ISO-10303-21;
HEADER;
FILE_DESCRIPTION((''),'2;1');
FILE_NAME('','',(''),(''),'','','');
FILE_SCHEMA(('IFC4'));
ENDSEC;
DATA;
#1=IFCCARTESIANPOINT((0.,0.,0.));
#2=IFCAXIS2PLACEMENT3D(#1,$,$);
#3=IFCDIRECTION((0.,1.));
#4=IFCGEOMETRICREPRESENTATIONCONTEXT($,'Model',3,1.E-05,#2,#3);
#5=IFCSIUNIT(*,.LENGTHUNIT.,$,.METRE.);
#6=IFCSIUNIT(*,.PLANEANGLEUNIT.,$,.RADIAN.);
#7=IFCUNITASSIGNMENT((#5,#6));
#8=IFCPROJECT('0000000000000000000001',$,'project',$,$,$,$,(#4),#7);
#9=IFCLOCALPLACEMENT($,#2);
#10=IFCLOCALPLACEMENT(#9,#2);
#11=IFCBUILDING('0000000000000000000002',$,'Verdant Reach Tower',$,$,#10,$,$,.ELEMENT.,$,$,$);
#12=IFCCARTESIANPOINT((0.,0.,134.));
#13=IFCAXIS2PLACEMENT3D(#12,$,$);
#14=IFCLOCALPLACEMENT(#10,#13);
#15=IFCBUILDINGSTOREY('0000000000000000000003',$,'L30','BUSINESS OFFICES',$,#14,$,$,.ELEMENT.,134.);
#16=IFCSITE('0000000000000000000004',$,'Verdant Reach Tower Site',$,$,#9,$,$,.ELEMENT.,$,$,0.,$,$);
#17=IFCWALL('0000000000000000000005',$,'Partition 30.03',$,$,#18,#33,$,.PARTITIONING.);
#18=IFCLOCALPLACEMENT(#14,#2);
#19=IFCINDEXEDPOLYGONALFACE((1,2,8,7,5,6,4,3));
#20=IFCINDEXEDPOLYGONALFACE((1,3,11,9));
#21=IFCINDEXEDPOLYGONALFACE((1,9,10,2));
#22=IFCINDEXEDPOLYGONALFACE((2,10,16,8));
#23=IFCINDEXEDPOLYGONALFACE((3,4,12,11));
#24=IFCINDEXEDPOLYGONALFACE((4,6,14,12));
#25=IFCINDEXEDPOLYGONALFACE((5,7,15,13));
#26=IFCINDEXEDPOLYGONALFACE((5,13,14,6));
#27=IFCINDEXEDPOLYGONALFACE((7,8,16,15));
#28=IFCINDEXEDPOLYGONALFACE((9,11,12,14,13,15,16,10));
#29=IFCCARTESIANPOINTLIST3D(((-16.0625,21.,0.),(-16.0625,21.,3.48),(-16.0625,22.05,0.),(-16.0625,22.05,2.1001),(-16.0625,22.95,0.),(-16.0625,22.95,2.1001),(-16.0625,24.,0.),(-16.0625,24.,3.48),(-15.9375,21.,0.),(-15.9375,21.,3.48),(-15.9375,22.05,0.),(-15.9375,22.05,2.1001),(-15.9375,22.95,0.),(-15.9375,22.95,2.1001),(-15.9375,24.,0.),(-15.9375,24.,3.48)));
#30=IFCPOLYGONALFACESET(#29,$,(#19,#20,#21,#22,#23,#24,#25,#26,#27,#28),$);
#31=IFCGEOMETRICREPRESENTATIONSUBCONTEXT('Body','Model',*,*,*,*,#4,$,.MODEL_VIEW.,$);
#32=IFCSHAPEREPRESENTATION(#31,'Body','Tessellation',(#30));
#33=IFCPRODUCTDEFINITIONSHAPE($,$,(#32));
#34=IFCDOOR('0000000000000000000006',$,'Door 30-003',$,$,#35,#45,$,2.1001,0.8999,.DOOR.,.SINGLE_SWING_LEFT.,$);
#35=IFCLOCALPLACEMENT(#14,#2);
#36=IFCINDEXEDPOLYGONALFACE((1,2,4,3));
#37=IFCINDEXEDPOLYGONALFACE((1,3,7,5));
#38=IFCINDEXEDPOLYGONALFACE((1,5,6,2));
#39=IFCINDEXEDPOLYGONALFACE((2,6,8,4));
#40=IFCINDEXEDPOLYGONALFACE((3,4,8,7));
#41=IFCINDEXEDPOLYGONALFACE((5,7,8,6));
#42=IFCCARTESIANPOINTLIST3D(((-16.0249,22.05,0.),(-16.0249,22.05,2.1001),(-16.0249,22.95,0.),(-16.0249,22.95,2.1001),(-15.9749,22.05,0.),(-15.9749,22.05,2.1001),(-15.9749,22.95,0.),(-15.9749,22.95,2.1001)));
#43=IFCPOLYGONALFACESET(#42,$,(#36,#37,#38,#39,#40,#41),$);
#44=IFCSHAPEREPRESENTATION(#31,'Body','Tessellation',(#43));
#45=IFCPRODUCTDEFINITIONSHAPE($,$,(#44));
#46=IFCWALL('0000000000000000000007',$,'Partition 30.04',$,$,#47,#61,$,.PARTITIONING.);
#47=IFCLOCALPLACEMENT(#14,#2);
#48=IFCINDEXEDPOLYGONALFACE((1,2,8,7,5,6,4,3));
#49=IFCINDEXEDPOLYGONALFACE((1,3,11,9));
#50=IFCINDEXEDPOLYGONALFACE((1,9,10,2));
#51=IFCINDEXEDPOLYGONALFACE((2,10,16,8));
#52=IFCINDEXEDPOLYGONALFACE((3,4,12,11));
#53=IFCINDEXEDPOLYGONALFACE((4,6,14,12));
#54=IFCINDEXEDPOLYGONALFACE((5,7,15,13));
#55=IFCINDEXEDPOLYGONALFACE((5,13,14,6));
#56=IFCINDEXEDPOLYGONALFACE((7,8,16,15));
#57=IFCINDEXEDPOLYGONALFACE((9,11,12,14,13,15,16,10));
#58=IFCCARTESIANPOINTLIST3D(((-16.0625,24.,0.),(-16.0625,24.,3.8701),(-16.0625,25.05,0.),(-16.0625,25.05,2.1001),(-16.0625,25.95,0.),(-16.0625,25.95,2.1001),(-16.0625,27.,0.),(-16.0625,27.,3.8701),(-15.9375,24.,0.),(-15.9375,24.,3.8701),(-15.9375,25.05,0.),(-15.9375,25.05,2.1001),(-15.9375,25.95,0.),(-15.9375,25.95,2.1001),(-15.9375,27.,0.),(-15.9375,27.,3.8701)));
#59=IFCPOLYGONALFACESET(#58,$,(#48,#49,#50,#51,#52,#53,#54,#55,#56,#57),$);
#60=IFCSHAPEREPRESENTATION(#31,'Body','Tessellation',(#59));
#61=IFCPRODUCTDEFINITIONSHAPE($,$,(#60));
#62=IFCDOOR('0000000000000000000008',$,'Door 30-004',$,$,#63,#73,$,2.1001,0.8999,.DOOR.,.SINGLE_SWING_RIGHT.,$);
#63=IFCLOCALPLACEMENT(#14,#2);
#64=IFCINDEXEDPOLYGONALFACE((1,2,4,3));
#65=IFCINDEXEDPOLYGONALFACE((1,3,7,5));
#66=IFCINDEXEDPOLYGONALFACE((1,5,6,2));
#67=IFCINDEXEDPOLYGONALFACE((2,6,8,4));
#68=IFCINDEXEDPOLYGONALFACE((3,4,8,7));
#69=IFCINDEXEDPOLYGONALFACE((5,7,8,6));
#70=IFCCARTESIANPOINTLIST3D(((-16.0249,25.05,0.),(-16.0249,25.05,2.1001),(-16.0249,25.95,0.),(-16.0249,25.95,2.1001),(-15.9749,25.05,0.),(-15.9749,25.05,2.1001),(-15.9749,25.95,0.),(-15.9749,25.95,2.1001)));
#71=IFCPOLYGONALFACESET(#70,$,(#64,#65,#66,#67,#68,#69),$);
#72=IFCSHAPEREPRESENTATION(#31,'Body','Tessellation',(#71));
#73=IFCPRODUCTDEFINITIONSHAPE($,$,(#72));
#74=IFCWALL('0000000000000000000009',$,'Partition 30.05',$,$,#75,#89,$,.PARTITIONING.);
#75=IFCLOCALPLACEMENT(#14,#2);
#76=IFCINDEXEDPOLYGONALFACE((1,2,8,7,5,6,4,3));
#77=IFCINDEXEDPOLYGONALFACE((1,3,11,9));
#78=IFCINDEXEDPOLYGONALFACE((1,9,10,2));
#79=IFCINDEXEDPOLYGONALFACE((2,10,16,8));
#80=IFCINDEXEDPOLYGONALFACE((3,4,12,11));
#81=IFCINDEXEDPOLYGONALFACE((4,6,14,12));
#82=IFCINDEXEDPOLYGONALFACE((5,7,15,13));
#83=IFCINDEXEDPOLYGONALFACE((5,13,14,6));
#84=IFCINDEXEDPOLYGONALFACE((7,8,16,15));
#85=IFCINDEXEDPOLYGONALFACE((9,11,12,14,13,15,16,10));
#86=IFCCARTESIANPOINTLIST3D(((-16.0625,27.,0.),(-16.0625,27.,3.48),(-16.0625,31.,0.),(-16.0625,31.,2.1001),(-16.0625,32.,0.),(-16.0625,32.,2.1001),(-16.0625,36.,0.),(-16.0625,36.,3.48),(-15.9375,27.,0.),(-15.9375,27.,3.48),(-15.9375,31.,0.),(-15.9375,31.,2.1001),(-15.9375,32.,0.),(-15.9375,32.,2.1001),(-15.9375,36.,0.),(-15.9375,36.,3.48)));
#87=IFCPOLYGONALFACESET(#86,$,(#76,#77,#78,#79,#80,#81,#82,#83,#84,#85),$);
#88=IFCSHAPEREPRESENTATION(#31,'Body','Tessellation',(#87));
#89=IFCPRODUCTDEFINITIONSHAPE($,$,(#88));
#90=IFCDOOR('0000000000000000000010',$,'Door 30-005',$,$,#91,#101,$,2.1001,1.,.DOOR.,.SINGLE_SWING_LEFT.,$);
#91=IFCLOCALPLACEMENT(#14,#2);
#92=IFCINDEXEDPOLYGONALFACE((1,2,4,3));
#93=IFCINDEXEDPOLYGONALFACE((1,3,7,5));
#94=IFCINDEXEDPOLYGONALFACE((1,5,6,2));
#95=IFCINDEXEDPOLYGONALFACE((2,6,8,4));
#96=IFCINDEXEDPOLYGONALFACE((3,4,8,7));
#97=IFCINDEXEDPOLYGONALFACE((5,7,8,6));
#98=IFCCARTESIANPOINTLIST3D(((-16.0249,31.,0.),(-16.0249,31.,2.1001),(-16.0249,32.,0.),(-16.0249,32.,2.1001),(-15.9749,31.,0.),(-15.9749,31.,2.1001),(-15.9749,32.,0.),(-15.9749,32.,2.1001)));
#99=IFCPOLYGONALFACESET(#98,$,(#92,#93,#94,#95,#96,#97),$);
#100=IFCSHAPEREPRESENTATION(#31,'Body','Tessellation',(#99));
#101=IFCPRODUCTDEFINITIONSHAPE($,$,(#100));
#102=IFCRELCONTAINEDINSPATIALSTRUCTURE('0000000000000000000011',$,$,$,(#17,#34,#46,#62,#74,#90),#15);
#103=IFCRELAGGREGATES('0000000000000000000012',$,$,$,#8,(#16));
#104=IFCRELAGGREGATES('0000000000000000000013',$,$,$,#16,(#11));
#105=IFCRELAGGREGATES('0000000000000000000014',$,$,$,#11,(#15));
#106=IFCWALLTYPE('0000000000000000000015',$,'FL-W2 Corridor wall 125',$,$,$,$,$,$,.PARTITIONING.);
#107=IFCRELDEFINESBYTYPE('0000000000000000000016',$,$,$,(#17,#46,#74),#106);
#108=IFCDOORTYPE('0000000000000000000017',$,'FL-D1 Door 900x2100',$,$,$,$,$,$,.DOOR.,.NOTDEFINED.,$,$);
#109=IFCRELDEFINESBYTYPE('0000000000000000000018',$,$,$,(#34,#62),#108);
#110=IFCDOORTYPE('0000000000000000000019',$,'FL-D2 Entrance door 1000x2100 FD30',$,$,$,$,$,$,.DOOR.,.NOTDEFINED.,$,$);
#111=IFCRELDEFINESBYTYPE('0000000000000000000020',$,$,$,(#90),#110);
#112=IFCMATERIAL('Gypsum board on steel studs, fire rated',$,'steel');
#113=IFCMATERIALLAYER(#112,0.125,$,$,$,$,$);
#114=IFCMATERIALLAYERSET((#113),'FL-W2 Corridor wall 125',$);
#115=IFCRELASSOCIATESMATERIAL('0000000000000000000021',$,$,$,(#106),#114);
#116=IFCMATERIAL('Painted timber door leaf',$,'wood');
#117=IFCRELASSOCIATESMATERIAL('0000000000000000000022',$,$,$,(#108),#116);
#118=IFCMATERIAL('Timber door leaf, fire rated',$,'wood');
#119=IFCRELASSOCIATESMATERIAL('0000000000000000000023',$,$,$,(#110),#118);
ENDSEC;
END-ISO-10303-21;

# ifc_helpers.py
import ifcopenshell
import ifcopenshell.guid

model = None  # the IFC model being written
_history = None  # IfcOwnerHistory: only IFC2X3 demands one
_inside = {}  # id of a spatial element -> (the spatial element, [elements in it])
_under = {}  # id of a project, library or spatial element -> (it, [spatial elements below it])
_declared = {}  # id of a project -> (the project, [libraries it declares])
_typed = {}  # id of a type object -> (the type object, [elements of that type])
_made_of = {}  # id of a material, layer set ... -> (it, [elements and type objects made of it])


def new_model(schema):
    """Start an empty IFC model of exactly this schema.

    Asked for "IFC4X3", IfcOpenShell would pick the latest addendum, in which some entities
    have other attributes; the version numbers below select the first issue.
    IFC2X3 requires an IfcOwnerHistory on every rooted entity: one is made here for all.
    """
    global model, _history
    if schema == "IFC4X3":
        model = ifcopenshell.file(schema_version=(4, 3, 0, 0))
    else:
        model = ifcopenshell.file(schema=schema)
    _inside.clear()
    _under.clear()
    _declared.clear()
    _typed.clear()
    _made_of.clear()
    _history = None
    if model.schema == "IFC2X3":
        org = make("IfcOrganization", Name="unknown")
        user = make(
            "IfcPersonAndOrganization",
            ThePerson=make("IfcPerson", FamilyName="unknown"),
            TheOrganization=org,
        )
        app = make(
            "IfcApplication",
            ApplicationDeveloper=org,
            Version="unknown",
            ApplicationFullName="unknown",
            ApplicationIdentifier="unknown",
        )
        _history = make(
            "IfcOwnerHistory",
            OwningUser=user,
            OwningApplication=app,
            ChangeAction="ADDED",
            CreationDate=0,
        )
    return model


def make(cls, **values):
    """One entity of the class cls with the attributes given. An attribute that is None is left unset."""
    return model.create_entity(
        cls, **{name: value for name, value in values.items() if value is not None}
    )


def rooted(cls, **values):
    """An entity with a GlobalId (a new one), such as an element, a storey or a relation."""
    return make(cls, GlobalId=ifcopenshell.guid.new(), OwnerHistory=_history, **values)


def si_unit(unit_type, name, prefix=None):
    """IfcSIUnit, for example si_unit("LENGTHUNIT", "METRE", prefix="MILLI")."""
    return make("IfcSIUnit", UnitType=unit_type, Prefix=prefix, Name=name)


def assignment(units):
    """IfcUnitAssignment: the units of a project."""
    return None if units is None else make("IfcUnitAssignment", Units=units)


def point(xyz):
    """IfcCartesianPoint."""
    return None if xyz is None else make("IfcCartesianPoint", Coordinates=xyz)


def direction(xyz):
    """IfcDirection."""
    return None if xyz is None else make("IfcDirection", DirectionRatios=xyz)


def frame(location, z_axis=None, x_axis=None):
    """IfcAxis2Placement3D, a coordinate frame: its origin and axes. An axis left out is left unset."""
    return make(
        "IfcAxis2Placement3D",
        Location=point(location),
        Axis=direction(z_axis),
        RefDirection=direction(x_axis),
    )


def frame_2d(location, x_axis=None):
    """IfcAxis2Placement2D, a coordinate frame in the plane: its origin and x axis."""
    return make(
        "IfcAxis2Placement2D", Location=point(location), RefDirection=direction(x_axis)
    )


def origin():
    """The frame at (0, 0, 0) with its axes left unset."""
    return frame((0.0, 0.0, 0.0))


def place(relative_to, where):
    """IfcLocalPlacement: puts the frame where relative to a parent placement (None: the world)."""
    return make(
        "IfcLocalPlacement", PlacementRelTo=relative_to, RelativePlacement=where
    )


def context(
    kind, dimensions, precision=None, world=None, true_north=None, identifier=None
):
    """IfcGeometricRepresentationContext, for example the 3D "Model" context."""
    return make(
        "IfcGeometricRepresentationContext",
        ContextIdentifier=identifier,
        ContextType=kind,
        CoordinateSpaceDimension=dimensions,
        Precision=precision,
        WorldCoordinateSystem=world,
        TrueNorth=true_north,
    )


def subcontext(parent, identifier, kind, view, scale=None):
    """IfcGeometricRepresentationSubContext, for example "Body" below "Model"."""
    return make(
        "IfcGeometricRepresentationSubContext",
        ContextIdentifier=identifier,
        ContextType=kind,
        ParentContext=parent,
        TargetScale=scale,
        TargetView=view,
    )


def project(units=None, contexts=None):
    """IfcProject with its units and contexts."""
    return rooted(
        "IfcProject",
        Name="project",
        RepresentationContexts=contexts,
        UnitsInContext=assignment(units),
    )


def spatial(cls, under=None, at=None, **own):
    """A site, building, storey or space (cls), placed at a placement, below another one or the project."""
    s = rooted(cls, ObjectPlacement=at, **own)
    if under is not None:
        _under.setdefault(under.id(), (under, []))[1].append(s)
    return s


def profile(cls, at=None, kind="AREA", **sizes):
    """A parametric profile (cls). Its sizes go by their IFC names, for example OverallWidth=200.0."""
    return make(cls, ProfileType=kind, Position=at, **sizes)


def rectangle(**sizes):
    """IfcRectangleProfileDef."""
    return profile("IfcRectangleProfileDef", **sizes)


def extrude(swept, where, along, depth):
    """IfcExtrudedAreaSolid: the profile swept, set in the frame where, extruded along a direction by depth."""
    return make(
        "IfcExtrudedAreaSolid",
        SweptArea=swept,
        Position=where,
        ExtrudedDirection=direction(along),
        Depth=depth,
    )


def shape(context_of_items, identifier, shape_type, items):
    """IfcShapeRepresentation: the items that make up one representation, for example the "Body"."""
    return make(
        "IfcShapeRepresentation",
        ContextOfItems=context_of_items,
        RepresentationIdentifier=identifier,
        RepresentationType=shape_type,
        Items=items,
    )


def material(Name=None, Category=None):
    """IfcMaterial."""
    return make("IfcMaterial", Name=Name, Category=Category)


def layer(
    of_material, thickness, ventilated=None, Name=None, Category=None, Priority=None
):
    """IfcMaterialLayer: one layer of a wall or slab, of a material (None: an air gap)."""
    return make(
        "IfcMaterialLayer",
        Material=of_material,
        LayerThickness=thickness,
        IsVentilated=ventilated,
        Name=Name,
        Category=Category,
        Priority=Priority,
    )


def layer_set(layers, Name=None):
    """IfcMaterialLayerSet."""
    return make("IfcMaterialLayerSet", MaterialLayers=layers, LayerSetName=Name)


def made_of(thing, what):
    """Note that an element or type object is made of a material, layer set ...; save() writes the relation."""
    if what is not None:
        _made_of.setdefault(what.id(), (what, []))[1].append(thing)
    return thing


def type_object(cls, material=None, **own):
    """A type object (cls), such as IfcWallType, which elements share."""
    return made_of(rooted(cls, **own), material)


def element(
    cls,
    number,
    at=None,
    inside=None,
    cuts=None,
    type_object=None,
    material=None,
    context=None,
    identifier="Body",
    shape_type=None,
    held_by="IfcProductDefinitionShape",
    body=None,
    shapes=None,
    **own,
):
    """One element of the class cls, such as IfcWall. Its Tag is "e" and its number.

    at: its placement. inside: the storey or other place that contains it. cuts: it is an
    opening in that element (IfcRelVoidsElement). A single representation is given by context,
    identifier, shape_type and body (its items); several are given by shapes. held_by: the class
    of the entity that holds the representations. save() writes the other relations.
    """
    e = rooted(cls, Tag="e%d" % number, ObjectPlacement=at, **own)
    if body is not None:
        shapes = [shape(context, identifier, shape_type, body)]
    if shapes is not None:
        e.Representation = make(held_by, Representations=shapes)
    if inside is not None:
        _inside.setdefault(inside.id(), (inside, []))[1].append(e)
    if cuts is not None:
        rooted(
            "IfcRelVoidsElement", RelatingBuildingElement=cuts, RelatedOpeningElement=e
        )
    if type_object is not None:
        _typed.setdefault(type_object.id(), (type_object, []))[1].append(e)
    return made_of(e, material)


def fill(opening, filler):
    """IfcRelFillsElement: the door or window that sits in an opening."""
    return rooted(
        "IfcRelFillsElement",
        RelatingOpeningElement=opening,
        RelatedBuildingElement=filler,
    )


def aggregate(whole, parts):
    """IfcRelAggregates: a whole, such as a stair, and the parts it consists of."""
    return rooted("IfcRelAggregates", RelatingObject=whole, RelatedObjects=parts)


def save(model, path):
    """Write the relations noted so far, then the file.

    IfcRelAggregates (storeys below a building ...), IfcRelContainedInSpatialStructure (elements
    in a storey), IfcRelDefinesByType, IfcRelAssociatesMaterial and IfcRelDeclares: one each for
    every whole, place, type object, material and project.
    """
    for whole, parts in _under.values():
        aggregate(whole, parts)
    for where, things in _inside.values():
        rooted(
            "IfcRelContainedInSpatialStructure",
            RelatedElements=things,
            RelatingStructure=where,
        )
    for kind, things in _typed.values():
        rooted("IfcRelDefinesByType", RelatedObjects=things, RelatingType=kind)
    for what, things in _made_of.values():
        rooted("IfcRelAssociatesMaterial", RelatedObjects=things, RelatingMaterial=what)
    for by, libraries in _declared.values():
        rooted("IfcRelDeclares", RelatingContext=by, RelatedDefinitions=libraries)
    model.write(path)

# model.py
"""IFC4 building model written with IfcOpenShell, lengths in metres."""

from ifc_helpers import new_model, si_unit, direction, frame, frame_2d, origin, place, context, subcontext, project, spatial, rectangle, extrude, material, layer, layer_set, type_object, element, fill, save


model = new_model("IFC4")

# Units and contexts
model_context = context("Model", 3, precision=1e-05, world=origin(), true_north=direction((0.0, 1.0)))
body_context = subcontext(model_context, "Body", "Model", "MODEL_VIEW")
ifc_project = project(units=[si_unit("LENGTHUNIT", "METRE"), si_unit("PLANEANGLEUNIT", "RADIAN")], contexts=[model_context])

# Site, building, storey
site_placement = place(None, origin())
site = spatial("IfcSite", under=ifc_project, at=site_placement, Name="Verdant Reach Tower Site", CompositionType="ELEMENT", RefElevation=0.0)
building_placement = place(site_placement, origin())
building = spatial("IfcBuilding", under=site, at=building_placement, Name="Verdant Reach Tower", CompositionType="ELEMENT")
storey_placement = place(building_placement, frame((0.0, 0.0, 134.0)))
storey = spatial("IfcBuildingStorey", under=building, at=storey_placement, Name="L30", Description="BUSINESS OFFICES", CompositionType="ELEMENT", Elevation=134.0)

# Walls, openings, doors
ifc_material_1 = material(Name="Gypsum board on steel studs, fire rated", Category="steel")
ifc_layer_1 = layer(ifc_material_1, 0.125)
ifc_layer_set_1 = layer_set([ifc_layer_1], Name="FL-W2 Corridor wall 125")
wall_type_1 = type_object("IfcWallType", Name="FL-W2 Corridor wall 125", PredefinedType="PARTITIONING", material=ifc_layer_set_1)
wall_1_placement = place(storey_placement, frame((-16.0, 21.0, 0.0), z_axis=(0.0, 0.0, 1.0), x_axis=(0.0, 1.0, 0.0)))
wall_1 = element("IfcWall", 1, at=wall_1_placement, inside=storey, type_object=wall_type_1, Name="Partition 30.03", PredefinedType="PARTITIONING", context=body_context, shape_type="SweptSolid", body=[
    extrude(rectangle(XDim=3.0, YDim=0.125, at=frame_2d((1.5, 0.0))), origin(), (0.0, 0.0, 1.0), 3.48),
])
opening_1_placement = place(wall_1_placement, frame((1.05, 0.0, 0.0)))
opening_1 = element("IfcOpeningElement", 2, at=opening_1_placement, cuts=wall_1, PredefinedType="OPENING", context=body_context, shape_type="SweptSolid", body=[
    extrude(rectangle(XDim=0.8999, YDim=2.1001, at=frame_2d((0.45, 1.05))), frame((0.0, 0.0725, 0.0), z_axis=(0.0, -1.0, 0.0), x_axis=(1.0, 0.0, 0.0)), (0.0, 0.0, 1.0), 0.145),
])
ifc_material_2 = material(Name="Painted timber door leaf", Category="wood")
door_type_1 = type_object("IfcDoorType", Name="FL-D1 Door 900x2100", OperationType="NOTDEFINED", PredefinedType="DOOR", material=ifc_material_2)
door_1_placement = place(opening_1_placement, origin())
door_1 = element("IfcDoor", 3, at=door_1_placement, inside=storey, type_object=door_type_1, Name="Door 30-003", OperationType="SINGLE_SWING_LEFT", OverallHeight=2.1001, OverallWidth=0.8999, PredefinedType="DOOR", context=body_context, shape_type="SweptSolid", body=[
    extrude(rectangle(XDim=0.8999, YDim=2.1001, at=frame_2d((0.45, 1.05))), frame((0.0, 0.0249, 0.0), z_axis=(0.0, -1.0, 0.0), x_axis=(1.0, 0.0, 0.0)), (0.0, 0.0, 1.0), 0.05),
])
fill(opening_1, door_1)
wall_2_placement = place(storey_placement, frame((-16.0, 24.0, 0.0), z_axis=(0.0, 0.0, 1.0), x_axis=(0.0, 1.0, 0.0)))
wall_2 = element("IfcWall", 4, at=wall_2_placement, inside=storey, type_object=wall_type_1, Name="Partition 30.04", PredefinedType="PARTITIONING", context=body_context, shape_type="SweptSolid", body=[
    extrude(rectangle(XDim=3.0, YDim=0.125, at=frame_2d((1.5, 0.0))), origin(), (0.0, 0.0, 1.0), 3.8701),
])
opening_2_placement = place(wall_2_placement, frame((1.05, 0.0, 0.0)))
opening_2 = element("IfcOpeningElement", 5, at=opening_2_placement, cuts=wall_2, PredefinedType="OPENING", context=body_context, shape_type="SweptSolid", body=[
    extrude(rectangle(XDim=0.8999, YDim=2.1001, at=frame_2d((0.45, 1.05))), frame((0.0, 0.0725, 0.0), z_axis=(0.0, -1.0, 0.0), x_axis=(1.0, 0.0, 0.0)), (0.0, 0.0, 1.0), 0.145),
])
door_2_placement = place(opening_2_placement, origin())
door_2 = element("IfcDoor", 6, at=door_2_placement, inside=storey, type_object=door_type_1, Name="Door 30-004", OperationType="SINGLE_SWING_RIGHT", OverallHeight=2.1001, OverallWidth=0.8999, PredefinedType="DOOR", context=body_context, shape_type="SweptSolid", body=[
    extrude(rectangle(XDim=0.8999, YDim=2.1001, at=frame_2d((0.45, 1.05))), frame((0.0, 0.0249, 0.0), z_axis=(0.0, -1.0, 0.0), x_axis=(1.0, 0.0, 0.0)), (0.0, 0.0, 1.0), 0.05),
])
fill(opening_2, door_2)
wall_3_placement = place(storey_placement, frame((-16.0, 27.0, 0.0), z_axis=(0.0, 0.0, 1.0), x_axis=(0.0, 1.0, 0.0)))
wall_3 = element("IfcWall", 7, at=wall_3_placement, inside=storey, type_object=wall_type_1, Name="Partition 30.05", PredefinedType="PARTITIONING", context=body_context, shape_type="SweptSolid", body=[
    extrude(rectangle(XDim=9.0, YDim=0.125, at=frame_2d((4.5, 0.0))), origin(), (0.0, 0.0, 1.0), 3.48),
])
opening_3_placement = place(wall_3_placement, frame((4.0, 0.0, 0.0)))
opening_3 = element("IfcOpeningElement", 8, at=opening_3_placement, cuts=wall_3, PredefinedType="OPENING", context=body_context, shape_type="SweptSolid", body=[
    extrude(rectangle(XDim=1.0, YDim=2.1001, at=frame_2d((0.5, 1.05))), frame((0.0, 0.0725, 0.0), z_axis=(0.0, -1.0, 0.0), x_axis=(1.0, 0.0, 0.0)), (0.0, 0.0, 1.0), 0.145),
])
ifc_material_3 = material(Name="Timber door leaf, fire rated", Category="wood")
door_type_2 = type_object("IfcDoorType", Name="FL-D2 Entrance door 1000x2100 FD30", OperationType="NOTDEFINED", PredefinedType="DOOR", material=ifc_material_3)
door_3_placement = place(opening_3_placement, origin())
door_3 = element("IfcDoor", 9, at=door_3_placement, inside=storey, type_object=door_type_2, Name="Door 30-005", OperationType="SINGLE_SWING_LEFT", OverallHeight=2.1001, OverallWidth=1.0, PredefinedType="DOOR", context=body_context, shape_type="SweptSolid", body=[
    extrude(rectangle(XDim=1.0, YDim=2.1001, at=frame_2d((0.5, 1.05))), frame((0.0, 0.0249, 0.0), z_axis=(0.0, -1.0, 0.0), x_axis=(1.0, 0.0, 0.0)), (0.0, 0.0, 1.0), 0.05),
])
fill(opening_3, door_3)

save(model, "model.ifc")
